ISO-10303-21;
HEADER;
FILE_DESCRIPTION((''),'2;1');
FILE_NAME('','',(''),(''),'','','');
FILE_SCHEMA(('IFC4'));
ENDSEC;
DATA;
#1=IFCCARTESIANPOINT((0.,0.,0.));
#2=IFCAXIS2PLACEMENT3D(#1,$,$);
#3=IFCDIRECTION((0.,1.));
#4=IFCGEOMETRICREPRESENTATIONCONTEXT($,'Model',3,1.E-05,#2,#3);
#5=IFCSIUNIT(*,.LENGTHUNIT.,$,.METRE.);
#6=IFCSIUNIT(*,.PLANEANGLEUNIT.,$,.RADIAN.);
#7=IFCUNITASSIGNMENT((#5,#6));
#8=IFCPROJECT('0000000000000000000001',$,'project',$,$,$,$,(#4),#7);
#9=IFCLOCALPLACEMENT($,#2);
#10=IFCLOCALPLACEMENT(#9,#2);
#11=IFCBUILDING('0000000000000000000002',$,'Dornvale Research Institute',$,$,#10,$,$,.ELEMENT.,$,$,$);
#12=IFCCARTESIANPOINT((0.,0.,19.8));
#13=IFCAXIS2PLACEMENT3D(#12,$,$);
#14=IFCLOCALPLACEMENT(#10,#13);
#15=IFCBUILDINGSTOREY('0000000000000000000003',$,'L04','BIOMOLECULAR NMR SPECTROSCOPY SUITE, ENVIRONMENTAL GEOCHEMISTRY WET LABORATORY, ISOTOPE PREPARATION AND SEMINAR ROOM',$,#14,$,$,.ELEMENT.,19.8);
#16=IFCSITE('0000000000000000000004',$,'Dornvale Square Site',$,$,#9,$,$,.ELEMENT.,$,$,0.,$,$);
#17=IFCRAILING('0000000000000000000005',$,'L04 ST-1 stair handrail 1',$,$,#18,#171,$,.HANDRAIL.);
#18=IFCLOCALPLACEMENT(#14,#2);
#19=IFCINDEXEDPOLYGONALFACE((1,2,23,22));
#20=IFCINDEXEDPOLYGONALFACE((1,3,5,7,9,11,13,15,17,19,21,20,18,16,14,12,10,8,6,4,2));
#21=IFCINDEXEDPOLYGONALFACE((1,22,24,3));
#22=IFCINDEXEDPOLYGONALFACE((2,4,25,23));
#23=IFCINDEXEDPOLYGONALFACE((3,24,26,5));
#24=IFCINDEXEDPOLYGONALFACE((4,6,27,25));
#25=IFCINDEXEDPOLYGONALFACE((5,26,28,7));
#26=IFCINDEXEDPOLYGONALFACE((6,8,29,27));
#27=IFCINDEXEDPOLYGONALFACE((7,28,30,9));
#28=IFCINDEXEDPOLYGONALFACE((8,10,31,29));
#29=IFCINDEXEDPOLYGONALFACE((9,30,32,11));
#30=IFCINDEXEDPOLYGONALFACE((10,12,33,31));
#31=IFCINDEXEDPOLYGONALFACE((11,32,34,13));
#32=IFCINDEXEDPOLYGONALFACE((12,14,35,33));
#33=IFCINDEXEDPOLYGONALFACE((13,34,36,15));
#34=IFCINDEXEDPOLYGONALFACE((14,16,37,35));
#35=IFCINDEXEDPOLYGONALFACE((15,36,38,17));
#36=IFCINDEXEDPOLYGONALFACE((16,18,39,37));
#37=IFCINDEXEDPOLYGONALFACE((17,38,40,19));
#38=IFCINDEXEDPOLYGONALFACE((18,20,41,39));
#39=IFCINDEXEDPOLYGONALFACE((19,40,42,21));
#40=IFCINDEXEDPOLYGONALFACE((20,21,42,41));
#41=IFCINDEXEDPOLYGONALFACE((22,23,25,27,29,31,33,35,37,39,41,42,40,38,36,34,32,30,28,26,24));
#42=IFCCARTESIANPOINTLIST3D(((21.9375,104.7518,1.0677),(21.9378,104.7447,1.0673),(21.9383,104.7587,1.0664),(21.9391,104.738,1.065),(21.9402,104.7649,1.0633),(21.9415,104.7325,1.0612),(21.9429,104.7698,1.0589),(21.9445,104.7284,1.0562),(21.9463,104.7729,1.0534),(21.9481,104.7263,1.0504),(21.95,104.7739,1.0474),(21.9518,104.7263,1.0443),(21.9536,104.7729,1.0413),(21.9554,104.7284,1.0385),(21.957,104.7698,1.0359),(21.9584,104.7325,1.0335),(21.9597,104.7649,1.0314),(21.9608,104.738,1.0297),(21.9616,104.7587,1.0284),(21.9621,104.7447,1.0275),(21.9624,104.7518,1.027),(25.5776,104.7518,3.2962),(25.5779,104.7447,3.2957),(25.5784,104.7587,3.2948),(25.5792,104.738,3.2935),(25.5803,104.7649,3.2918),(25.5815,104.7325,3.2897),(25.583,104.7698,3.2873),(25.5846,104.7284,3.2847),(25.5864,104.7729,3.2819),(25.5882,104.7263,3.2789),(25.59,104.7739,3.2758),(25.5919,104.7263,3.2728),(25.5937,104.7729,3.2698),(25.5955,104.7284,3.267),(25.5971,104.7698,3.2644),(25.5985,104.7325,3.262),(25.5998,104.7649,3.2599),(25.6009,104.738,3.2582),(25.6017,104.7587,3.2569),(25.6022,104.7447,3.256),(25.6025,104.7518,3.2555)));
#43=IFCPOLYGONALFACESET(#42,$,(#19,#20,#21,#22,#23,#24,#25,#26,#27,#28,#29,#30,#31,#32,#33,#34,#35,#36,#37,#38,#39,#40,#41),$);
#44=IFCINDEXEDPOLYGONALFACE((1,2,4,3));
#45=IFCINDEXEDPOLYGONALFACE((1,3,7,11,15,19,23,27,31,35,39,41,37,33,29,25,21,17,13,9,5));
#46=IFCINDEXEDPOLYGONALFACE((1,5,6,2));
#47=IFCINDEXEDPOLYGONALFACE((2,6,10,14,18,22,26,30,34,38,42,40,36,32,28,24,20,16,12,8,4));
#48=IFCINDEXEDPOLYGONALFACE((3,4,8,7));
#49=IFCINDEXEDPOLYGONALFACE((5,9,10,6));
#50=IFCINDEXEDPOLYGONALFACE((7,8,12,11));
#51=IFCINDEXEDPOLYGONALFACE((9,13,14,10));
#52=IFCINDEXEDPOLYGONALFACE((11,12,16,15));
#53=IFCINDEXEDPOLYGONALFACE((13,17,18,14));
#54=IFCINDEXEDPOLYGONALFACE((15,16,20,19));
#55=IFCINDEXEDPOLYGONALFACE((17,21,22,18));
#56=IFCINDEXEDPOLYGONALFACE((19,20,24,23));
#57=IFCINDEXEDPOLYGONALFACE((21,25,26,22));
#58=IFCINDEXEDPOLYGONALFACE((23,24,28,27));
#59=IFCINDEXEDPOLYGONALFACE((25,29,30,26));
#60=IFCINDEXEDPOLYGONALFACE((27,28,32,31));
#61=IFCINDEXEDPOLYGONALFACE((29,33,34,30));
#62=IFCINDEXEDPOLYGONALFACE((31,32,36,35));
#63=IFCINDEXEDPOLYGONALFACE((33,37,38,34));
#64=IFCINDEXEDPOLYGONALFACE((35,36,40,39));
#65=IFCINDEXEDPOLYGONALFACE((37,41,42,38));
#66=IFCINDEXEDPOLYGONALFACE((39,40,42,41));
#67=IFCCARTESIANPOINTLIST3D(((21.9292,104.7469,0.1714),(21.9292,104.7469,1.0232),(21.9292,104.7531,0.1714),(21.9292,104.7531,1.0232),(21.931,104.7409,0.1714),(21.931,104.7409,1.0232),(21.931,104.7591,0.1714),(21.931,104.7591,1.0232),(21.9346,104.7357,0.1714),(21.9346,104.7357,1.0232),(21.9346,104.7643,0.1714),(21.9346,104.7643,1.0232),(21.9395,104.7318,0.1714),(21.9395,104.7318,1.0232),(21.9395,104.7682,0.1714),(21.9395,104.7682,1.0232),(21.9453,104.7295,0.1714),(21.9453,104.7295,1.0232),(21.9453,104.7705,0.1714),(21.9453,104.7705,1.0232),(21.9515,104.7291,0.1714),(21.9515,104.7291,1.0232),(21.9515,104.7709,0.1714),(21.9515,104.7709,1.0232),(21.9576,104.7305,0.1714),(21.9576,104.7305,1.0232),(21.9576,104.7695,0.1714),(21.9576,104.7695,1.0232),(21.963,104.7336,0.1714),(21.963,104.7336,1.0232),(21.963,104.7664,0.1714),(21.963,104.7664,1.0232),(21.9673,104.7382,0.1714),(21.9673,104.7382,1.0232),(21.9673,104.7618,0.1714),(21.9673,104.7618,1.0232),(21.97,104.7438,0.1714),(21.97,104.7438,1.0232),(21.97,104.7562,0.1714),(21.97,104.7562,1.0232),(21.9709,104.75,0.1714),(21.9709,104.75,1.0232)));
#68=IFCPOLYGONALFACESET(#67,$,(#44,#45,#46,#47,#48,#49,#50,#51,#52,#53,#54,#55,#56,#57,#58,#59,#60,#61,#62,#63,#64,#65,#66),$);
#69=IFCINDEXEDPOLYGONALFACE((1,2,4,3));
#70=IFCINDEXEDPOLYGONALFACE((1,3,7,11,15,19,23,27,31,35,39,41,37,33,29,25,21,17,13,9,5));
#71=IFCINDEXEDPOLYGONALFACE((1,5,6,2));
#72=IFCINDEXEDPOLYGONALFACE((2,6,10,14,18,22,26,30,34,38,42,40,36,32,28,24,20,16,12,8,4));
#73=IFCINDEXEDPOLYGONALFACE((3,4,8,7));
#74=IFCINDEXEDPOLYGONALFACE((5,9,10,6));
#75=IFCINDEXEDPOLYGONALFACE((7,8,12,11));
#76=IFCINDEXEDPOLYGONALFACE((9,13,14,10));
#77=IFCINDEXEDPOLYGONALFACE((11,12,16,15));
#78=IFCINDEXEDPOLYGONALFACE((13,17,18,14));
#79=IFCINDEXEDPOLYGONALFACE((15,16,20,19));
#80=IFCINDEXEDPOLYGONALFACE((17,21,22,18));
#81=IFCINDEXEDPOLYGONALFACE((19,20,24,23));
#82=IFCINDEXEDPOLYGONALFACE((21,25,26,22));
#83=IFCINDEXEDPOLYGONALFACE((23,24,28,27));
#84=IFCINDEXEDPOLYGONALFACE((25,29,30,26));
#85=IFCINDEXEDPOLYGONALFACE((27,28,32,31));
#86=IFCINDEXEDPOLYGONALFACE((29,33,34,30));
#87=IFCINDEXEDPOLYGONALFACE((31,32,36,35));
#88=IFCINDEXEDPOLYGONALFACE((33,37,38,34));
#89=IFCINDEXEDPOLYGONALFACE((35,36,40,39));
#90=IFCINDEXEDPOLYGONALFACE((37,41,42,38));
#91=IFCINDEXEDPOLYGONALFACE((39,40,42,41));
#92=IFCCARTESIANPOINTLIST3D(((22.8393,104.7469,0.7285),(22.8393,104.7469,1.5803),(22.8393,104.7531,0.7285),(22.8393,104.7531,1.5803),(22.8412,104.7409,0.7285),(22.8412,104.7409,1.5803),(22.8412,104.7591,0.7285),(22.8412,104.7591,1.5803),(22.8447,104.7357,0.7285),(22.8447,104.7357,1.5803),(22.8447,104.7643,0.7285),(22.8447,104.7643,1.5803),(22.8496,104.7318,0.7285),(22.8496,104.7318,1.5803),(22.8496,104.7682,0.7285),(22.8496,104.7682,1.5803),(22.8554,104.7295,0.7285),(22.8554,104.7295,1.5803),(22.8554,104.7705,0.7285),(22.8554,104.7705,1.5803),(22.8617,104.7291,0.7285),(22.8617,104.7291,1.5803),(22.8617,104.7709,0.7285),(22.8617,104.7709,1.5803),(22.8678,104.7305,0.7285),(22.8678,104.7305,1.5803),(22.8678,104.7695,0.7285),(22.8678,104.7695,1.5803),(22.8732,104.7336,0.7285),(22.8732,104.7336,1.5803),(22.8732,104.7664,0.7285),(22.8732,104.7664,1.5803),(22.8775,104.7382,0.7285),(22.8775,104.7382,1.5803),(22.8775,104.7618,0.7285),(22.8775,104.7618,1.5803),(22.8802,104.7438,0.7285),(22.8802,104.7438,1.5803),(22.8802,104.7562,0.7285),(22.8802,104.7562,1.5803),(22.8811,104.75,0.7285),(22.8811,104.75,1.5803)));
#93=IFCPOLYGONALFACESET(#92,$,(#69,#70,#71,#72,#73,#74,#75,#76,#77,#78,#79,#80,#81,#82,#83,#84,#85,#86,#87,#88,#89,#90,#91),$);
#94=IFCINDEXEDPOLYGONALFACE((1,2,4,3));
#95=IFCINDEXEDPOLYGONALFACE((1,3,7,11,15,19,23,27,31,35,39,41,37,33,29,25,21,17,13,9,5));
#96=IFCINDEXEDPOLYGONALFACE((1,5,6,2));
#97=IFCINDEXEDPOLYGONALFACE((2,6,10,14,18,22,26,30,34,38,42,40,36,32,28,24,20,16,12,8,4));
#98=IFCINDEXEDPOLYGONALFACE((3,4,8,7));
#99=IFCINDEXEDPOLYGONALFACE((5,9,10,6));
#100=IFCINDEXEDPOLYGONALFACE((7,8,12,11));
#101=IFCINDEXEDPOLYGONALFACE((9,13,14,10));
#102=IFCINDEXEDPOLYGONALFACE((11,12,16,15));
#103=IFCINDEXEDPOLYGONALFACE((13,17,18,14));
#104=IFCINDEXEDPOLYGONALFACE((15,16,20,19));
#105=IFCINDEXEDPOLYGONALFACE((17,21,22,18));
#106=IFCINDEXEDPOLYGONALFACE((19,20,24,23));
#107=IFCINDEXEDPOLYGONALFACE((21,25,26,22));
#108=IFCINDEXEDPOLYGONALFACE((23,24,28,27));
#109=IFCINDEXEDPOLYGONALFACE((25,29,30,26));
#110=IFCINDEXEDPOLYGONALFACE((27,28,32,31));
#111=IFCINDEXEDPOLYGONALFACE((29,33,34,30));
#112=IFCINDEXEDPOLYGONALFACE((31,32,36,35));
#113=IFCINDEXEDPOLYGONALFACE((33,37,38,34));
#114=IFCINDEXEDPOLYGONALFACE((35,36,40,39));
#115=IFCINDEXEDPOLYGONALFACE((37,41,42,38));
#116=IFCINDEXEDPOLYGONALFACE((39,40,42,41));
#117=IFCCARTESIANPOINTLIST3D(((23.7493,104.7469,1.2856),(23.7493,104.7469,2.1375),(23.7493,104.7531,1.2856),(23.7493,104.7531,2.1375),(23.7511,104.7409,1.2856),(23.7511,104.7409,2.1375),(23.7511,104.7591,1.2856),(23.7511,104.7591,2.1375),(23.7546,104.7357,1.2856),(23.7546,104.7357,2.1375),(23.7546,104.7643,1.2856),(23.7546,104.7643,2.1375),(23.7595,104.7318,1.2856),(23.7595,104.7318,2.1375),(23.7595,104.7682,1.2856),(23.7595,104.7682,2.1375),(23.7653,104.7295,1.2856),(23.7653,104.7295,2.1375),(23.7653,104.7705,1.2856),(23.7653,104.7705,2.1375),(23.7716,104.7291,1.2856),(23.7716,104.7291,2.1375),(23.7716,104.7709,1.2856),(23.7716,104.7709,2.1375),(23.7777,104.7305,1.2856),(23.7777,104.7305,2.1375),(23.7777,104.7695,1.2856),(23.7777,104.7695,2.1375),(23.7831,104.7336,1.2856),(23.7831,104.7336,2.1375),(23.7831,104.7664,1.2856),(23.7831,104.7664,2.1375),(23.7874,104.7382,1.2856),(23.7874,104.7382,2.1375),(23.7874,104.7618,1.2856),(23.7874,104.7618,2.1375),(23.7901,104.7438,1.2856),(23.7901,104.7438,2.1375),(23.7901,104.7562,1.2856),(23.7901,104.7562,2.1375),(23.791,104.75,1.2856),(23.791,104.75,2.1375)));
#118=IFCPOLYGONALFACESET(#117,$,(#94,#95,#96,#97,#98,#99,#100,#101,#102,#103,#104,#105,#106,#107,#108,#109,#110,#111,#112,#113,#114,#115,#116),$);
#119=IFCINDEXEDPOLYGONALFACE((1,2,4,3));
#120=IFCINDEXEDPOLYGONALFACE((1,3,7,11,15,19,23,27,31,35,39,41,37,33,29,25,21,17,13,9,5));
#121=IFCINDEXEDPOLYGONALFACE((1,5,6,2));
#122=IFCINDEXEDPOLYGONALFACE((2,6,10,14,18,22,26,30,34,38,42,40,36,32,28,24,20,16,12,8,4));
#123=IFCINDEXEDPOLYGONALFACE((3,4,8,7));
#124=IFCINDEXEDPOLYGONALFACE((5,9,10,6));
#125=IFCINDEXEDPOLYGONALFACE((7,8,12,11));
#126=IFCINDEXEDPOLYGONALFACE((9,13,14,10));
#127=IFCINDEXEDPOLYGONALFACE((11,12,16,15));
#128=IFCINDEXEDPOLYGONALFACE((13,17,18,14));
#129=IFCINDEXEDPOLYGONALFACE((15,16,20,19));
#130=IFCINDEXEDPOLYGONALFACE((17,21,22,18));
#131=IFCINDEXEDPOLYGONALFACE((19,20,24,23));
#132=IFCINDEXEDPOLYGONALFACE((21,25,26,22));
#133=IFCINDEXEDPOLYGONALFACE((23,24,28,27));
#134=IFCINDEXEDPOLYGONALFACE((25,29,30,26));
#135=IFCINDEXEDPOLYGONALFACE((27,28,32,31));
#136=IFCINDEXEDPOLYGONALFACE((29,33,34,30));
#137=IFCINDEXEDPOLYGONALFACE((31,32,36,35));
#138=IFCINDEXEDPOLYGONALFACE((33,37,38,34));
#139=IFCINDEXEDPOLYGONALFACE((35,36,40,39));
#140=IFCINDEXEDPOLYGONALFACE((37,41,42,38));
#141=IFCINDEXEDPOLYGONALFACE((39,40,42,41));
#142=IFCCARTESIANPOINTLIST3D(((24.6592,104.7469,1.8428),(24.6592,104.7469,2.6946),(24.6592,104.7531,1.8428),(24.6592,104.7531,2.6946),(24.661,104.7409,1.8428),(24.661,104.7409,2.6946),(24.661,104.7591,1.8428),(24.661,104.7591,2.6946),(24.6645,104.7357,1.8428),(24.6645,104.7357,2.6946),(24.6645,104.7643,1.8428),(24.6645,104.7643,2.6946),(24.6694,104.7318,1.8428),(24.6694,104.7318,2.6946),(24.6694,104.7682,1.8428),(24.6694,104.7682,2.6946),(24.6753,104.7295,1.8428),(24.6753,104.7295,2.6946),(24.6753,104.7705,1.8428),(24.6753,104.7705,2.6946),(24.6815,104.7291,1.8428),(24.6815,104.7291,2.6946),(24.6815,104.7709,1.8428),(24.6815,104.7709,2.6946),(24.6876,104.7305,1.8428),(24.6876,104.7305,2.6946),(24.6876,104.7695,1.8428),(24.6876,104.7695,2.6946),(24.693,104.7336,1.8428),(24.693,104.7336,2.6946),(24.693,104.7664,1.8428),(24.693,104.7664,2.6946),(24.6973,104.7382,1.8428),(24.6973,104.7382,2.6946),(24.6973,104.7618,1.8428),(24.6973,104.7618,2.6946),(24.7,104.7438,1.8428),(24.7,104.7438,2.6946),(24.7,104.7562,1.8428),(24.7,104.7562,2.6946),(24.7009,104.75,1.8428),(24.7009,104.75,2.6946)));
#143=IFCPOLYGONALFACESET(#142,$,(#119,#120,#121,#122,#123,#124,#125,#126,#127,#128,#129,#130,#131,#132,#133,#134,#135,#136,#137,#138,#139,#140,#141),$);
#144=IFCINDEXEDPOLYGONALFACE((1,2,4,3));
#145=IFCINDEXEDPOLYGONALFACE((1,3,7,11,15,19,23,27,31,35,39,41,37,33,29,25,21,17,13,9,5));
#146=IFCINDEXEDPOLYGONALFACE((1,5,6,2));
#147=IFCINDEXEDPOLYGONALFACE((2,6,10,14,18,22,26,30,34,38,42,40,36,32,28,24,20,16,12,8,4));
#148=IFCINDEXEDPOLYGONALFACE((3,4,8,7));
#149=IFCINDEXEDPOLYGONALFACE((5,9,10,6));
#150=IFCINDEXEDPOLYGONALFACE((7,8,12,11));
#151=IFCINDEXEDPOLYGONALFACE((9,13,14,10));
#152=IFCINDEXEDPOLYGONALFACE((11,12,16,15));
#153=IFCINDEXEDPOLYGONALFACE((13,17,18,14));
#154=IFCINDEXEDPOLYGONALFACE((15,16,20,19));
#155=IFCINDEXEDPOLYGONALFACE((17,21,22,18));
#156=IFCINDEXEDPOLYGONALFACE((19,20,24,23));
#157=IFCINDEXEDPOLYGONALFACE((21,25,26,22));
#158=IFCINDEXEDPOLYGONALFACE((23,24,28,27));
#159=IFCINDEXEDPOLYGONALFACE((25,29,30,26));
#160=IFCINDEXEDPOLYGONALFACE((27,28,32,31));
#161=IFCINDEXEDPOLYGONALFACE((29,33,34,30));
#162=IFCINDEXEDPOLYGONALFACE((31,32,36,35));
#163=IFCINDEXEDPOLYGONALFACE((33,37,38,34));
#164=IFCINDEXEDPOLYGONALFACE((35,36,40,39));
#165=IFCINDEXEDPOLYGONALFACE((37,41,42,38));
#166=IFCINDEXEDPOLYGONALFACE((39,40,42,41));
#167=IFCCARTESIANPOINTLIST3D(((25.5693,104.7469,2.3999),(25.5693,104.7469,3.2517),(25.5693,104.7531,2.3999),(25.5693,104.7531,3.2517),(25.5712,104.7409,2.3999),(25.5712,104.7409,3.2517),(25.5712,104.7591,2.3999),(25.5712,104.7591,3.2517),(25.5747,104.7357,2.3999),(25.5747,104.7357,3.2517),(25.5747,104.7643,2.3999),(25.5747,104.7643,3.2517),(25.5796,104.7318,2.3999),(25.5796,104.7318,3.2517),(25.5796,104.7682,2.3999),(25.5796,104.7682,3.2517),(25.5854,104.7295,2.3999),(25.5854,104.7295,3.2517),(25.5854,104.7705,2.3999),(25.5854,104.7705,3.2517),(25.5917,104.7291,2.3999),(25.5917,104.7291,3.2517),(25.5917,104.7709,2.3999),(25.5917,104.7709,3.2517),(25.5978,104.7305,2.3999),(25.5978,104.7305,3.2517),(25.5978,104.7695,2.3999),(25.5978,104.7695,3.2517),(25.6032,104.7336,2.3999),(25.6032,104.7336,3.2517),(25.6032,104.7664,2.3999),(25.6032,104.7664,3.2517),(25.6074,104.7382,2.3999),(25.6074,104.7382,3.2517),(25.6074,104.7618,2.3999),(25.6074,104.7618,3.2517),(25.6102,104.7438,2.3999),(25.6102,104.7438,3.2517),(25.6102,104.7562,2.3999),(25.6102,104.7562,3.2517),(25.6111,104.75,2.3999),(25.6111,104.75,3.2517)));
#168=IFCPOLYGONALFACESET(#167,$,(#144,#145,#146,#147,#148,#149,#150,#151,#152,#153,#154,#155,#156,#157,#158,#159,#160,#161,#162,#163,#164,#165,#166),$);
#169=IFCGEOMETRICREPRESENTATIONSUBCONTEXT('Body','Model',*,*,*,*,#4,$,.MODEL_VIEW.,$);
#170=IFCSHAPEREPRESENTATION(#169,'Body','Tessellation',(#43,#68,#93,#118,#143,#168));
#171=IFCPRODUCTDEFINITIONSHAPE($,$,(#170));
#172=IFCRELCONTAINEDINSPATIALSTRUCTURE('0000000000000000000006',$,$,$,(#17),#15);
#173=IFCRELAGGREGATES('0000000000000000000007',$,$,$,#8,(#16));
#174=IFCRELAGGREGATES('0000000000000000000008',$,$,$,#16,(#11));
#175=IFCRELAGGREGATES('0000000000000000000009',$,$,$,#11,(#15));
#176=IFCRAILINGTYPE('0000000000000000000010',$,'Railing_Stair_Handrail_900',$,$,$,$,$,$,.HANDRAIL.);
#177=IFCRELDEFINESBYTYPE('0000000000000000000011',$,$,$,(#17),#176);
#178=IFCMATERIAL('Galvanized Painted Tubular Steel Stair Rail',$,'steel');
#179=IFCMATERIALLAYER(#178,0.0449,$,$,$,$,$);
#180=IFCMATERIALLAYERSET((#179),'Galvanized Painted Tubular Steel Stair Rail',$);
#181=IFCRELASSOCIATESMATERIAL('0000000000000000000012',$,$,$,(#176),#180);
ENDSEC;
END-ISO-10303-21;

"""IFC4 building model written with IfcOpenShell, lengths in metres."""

from ifc_helpers import new_model, si_unit, direction, frame, origin, origin_2d, place, context, subcontext, project, spatial, circle, extrude, material, layer, layer_set, type_object, element, save


model = new_model("IFC4")

# Units and contexts
model_context = context("Model", 3, precision=1e-05, world=origin(), true_north=direction((0.0, 1.0)))
body_context = subcontext(model_context, "Body", "Model", "MODEL_VIEW")
ifc_project = project(units=[si_unit("LENGTHUNIT", "METRE"), si_unit("PLANEANGLEUNIT", "RADIAN")], contexts=[model_context])

# Site, building, storey
site_placement = place(None, origin())
site = spatial("IfcSite", under=ifc_project, at=site_placement, Name="Dornvale Square Site", CompositionType="ELEMENT", RefElevation=0.0)
building_placement = place(site_placement, origin())
building = spatial("IfcBuilding", under=site, at=building_placement, Name="Dornvale Research Institute", CompositionType="ELEMENT")
storey_placement = place(building_placement, frame((0.0, 0.0, 19.8)))
storey = spatial("IfcBuildingStorey", under=building, at=storey_placement, Name="L04", Description="BIOMOLECULAR NMR SPECTROSCOPY SUITE, ENVIRONMENTAL GEOCHEMISTRY WET LABORATORY, ISOTOPE PREPARATION AND SEMINAR ROOM", CompositionType="ELEMENT", Elevation=19.8)

# Railing
ifc_material_1 = material(Name="Galvanized Painted Tubular Steel Stair Rail", Category="steel")
ifc_layer_1 = layer(ifc_material_1, 0.0449)
ifc_layer_set_1 = layer_set([ifc_layer_1], Name="Galvanized Painted Tubular Steel Stair Rail")
railing_type_1 = type_object("IfcRailingType", Name="Railing_Stair_Handrail_900", PredefinedType="HANDRAIL", material=ifc_layer_set_1)
railing_1_placement = place(storey_placement, frame((21.95, 104.75, 0.1714)))
element("IfcRailing", 1, at=railing_1_placement, inside=storey, type_object=railing_type_1, Name="L04 ST-1 stair handrail 1", PredefinedType="HANDRAIL", context=body_context, shape_type="SweptSolid", body=[
    extrude(circle(Radius=0.0239, at=origin_2d()), frame((0.0, 0.0, 0.876), z_axis=(0.852866, 0.0, 0.52213), x_axis=(0.0, 1.0, 0.0)), (0.0, 0.0, 1.0), 4.2681),
    extrude(circle(Radius=0.021, at=origin_2d()), origin(), (0.0, 0.0, 1.0), 0.8518),
    extrude(circle(Radius=0.021, at=origin_2d()), frame((0.9102, 0.0, 0.5571)), (0.0, 0.0, 1.0), 0.8518),
    extrude(circle(Radius=0.021, at=origin_2d()), frame((1.8201, 0.0, 1.1143)), (0.0, 0.0, 1.0), 0.8518),
    extrude(circle(Radius=0.021, at=origin_2d()), frame((2.73, 0.0, 1.6714)), (0.0, 0.0, 1.0), 0.8518),
    extrude(circle(Radius=0.021, at=origin_2d()), frame((3.6401, 0.0, 2.2285)), (0.0, 0.0, 1.0), 0.8518),
])

save(model, "model.ifc")
